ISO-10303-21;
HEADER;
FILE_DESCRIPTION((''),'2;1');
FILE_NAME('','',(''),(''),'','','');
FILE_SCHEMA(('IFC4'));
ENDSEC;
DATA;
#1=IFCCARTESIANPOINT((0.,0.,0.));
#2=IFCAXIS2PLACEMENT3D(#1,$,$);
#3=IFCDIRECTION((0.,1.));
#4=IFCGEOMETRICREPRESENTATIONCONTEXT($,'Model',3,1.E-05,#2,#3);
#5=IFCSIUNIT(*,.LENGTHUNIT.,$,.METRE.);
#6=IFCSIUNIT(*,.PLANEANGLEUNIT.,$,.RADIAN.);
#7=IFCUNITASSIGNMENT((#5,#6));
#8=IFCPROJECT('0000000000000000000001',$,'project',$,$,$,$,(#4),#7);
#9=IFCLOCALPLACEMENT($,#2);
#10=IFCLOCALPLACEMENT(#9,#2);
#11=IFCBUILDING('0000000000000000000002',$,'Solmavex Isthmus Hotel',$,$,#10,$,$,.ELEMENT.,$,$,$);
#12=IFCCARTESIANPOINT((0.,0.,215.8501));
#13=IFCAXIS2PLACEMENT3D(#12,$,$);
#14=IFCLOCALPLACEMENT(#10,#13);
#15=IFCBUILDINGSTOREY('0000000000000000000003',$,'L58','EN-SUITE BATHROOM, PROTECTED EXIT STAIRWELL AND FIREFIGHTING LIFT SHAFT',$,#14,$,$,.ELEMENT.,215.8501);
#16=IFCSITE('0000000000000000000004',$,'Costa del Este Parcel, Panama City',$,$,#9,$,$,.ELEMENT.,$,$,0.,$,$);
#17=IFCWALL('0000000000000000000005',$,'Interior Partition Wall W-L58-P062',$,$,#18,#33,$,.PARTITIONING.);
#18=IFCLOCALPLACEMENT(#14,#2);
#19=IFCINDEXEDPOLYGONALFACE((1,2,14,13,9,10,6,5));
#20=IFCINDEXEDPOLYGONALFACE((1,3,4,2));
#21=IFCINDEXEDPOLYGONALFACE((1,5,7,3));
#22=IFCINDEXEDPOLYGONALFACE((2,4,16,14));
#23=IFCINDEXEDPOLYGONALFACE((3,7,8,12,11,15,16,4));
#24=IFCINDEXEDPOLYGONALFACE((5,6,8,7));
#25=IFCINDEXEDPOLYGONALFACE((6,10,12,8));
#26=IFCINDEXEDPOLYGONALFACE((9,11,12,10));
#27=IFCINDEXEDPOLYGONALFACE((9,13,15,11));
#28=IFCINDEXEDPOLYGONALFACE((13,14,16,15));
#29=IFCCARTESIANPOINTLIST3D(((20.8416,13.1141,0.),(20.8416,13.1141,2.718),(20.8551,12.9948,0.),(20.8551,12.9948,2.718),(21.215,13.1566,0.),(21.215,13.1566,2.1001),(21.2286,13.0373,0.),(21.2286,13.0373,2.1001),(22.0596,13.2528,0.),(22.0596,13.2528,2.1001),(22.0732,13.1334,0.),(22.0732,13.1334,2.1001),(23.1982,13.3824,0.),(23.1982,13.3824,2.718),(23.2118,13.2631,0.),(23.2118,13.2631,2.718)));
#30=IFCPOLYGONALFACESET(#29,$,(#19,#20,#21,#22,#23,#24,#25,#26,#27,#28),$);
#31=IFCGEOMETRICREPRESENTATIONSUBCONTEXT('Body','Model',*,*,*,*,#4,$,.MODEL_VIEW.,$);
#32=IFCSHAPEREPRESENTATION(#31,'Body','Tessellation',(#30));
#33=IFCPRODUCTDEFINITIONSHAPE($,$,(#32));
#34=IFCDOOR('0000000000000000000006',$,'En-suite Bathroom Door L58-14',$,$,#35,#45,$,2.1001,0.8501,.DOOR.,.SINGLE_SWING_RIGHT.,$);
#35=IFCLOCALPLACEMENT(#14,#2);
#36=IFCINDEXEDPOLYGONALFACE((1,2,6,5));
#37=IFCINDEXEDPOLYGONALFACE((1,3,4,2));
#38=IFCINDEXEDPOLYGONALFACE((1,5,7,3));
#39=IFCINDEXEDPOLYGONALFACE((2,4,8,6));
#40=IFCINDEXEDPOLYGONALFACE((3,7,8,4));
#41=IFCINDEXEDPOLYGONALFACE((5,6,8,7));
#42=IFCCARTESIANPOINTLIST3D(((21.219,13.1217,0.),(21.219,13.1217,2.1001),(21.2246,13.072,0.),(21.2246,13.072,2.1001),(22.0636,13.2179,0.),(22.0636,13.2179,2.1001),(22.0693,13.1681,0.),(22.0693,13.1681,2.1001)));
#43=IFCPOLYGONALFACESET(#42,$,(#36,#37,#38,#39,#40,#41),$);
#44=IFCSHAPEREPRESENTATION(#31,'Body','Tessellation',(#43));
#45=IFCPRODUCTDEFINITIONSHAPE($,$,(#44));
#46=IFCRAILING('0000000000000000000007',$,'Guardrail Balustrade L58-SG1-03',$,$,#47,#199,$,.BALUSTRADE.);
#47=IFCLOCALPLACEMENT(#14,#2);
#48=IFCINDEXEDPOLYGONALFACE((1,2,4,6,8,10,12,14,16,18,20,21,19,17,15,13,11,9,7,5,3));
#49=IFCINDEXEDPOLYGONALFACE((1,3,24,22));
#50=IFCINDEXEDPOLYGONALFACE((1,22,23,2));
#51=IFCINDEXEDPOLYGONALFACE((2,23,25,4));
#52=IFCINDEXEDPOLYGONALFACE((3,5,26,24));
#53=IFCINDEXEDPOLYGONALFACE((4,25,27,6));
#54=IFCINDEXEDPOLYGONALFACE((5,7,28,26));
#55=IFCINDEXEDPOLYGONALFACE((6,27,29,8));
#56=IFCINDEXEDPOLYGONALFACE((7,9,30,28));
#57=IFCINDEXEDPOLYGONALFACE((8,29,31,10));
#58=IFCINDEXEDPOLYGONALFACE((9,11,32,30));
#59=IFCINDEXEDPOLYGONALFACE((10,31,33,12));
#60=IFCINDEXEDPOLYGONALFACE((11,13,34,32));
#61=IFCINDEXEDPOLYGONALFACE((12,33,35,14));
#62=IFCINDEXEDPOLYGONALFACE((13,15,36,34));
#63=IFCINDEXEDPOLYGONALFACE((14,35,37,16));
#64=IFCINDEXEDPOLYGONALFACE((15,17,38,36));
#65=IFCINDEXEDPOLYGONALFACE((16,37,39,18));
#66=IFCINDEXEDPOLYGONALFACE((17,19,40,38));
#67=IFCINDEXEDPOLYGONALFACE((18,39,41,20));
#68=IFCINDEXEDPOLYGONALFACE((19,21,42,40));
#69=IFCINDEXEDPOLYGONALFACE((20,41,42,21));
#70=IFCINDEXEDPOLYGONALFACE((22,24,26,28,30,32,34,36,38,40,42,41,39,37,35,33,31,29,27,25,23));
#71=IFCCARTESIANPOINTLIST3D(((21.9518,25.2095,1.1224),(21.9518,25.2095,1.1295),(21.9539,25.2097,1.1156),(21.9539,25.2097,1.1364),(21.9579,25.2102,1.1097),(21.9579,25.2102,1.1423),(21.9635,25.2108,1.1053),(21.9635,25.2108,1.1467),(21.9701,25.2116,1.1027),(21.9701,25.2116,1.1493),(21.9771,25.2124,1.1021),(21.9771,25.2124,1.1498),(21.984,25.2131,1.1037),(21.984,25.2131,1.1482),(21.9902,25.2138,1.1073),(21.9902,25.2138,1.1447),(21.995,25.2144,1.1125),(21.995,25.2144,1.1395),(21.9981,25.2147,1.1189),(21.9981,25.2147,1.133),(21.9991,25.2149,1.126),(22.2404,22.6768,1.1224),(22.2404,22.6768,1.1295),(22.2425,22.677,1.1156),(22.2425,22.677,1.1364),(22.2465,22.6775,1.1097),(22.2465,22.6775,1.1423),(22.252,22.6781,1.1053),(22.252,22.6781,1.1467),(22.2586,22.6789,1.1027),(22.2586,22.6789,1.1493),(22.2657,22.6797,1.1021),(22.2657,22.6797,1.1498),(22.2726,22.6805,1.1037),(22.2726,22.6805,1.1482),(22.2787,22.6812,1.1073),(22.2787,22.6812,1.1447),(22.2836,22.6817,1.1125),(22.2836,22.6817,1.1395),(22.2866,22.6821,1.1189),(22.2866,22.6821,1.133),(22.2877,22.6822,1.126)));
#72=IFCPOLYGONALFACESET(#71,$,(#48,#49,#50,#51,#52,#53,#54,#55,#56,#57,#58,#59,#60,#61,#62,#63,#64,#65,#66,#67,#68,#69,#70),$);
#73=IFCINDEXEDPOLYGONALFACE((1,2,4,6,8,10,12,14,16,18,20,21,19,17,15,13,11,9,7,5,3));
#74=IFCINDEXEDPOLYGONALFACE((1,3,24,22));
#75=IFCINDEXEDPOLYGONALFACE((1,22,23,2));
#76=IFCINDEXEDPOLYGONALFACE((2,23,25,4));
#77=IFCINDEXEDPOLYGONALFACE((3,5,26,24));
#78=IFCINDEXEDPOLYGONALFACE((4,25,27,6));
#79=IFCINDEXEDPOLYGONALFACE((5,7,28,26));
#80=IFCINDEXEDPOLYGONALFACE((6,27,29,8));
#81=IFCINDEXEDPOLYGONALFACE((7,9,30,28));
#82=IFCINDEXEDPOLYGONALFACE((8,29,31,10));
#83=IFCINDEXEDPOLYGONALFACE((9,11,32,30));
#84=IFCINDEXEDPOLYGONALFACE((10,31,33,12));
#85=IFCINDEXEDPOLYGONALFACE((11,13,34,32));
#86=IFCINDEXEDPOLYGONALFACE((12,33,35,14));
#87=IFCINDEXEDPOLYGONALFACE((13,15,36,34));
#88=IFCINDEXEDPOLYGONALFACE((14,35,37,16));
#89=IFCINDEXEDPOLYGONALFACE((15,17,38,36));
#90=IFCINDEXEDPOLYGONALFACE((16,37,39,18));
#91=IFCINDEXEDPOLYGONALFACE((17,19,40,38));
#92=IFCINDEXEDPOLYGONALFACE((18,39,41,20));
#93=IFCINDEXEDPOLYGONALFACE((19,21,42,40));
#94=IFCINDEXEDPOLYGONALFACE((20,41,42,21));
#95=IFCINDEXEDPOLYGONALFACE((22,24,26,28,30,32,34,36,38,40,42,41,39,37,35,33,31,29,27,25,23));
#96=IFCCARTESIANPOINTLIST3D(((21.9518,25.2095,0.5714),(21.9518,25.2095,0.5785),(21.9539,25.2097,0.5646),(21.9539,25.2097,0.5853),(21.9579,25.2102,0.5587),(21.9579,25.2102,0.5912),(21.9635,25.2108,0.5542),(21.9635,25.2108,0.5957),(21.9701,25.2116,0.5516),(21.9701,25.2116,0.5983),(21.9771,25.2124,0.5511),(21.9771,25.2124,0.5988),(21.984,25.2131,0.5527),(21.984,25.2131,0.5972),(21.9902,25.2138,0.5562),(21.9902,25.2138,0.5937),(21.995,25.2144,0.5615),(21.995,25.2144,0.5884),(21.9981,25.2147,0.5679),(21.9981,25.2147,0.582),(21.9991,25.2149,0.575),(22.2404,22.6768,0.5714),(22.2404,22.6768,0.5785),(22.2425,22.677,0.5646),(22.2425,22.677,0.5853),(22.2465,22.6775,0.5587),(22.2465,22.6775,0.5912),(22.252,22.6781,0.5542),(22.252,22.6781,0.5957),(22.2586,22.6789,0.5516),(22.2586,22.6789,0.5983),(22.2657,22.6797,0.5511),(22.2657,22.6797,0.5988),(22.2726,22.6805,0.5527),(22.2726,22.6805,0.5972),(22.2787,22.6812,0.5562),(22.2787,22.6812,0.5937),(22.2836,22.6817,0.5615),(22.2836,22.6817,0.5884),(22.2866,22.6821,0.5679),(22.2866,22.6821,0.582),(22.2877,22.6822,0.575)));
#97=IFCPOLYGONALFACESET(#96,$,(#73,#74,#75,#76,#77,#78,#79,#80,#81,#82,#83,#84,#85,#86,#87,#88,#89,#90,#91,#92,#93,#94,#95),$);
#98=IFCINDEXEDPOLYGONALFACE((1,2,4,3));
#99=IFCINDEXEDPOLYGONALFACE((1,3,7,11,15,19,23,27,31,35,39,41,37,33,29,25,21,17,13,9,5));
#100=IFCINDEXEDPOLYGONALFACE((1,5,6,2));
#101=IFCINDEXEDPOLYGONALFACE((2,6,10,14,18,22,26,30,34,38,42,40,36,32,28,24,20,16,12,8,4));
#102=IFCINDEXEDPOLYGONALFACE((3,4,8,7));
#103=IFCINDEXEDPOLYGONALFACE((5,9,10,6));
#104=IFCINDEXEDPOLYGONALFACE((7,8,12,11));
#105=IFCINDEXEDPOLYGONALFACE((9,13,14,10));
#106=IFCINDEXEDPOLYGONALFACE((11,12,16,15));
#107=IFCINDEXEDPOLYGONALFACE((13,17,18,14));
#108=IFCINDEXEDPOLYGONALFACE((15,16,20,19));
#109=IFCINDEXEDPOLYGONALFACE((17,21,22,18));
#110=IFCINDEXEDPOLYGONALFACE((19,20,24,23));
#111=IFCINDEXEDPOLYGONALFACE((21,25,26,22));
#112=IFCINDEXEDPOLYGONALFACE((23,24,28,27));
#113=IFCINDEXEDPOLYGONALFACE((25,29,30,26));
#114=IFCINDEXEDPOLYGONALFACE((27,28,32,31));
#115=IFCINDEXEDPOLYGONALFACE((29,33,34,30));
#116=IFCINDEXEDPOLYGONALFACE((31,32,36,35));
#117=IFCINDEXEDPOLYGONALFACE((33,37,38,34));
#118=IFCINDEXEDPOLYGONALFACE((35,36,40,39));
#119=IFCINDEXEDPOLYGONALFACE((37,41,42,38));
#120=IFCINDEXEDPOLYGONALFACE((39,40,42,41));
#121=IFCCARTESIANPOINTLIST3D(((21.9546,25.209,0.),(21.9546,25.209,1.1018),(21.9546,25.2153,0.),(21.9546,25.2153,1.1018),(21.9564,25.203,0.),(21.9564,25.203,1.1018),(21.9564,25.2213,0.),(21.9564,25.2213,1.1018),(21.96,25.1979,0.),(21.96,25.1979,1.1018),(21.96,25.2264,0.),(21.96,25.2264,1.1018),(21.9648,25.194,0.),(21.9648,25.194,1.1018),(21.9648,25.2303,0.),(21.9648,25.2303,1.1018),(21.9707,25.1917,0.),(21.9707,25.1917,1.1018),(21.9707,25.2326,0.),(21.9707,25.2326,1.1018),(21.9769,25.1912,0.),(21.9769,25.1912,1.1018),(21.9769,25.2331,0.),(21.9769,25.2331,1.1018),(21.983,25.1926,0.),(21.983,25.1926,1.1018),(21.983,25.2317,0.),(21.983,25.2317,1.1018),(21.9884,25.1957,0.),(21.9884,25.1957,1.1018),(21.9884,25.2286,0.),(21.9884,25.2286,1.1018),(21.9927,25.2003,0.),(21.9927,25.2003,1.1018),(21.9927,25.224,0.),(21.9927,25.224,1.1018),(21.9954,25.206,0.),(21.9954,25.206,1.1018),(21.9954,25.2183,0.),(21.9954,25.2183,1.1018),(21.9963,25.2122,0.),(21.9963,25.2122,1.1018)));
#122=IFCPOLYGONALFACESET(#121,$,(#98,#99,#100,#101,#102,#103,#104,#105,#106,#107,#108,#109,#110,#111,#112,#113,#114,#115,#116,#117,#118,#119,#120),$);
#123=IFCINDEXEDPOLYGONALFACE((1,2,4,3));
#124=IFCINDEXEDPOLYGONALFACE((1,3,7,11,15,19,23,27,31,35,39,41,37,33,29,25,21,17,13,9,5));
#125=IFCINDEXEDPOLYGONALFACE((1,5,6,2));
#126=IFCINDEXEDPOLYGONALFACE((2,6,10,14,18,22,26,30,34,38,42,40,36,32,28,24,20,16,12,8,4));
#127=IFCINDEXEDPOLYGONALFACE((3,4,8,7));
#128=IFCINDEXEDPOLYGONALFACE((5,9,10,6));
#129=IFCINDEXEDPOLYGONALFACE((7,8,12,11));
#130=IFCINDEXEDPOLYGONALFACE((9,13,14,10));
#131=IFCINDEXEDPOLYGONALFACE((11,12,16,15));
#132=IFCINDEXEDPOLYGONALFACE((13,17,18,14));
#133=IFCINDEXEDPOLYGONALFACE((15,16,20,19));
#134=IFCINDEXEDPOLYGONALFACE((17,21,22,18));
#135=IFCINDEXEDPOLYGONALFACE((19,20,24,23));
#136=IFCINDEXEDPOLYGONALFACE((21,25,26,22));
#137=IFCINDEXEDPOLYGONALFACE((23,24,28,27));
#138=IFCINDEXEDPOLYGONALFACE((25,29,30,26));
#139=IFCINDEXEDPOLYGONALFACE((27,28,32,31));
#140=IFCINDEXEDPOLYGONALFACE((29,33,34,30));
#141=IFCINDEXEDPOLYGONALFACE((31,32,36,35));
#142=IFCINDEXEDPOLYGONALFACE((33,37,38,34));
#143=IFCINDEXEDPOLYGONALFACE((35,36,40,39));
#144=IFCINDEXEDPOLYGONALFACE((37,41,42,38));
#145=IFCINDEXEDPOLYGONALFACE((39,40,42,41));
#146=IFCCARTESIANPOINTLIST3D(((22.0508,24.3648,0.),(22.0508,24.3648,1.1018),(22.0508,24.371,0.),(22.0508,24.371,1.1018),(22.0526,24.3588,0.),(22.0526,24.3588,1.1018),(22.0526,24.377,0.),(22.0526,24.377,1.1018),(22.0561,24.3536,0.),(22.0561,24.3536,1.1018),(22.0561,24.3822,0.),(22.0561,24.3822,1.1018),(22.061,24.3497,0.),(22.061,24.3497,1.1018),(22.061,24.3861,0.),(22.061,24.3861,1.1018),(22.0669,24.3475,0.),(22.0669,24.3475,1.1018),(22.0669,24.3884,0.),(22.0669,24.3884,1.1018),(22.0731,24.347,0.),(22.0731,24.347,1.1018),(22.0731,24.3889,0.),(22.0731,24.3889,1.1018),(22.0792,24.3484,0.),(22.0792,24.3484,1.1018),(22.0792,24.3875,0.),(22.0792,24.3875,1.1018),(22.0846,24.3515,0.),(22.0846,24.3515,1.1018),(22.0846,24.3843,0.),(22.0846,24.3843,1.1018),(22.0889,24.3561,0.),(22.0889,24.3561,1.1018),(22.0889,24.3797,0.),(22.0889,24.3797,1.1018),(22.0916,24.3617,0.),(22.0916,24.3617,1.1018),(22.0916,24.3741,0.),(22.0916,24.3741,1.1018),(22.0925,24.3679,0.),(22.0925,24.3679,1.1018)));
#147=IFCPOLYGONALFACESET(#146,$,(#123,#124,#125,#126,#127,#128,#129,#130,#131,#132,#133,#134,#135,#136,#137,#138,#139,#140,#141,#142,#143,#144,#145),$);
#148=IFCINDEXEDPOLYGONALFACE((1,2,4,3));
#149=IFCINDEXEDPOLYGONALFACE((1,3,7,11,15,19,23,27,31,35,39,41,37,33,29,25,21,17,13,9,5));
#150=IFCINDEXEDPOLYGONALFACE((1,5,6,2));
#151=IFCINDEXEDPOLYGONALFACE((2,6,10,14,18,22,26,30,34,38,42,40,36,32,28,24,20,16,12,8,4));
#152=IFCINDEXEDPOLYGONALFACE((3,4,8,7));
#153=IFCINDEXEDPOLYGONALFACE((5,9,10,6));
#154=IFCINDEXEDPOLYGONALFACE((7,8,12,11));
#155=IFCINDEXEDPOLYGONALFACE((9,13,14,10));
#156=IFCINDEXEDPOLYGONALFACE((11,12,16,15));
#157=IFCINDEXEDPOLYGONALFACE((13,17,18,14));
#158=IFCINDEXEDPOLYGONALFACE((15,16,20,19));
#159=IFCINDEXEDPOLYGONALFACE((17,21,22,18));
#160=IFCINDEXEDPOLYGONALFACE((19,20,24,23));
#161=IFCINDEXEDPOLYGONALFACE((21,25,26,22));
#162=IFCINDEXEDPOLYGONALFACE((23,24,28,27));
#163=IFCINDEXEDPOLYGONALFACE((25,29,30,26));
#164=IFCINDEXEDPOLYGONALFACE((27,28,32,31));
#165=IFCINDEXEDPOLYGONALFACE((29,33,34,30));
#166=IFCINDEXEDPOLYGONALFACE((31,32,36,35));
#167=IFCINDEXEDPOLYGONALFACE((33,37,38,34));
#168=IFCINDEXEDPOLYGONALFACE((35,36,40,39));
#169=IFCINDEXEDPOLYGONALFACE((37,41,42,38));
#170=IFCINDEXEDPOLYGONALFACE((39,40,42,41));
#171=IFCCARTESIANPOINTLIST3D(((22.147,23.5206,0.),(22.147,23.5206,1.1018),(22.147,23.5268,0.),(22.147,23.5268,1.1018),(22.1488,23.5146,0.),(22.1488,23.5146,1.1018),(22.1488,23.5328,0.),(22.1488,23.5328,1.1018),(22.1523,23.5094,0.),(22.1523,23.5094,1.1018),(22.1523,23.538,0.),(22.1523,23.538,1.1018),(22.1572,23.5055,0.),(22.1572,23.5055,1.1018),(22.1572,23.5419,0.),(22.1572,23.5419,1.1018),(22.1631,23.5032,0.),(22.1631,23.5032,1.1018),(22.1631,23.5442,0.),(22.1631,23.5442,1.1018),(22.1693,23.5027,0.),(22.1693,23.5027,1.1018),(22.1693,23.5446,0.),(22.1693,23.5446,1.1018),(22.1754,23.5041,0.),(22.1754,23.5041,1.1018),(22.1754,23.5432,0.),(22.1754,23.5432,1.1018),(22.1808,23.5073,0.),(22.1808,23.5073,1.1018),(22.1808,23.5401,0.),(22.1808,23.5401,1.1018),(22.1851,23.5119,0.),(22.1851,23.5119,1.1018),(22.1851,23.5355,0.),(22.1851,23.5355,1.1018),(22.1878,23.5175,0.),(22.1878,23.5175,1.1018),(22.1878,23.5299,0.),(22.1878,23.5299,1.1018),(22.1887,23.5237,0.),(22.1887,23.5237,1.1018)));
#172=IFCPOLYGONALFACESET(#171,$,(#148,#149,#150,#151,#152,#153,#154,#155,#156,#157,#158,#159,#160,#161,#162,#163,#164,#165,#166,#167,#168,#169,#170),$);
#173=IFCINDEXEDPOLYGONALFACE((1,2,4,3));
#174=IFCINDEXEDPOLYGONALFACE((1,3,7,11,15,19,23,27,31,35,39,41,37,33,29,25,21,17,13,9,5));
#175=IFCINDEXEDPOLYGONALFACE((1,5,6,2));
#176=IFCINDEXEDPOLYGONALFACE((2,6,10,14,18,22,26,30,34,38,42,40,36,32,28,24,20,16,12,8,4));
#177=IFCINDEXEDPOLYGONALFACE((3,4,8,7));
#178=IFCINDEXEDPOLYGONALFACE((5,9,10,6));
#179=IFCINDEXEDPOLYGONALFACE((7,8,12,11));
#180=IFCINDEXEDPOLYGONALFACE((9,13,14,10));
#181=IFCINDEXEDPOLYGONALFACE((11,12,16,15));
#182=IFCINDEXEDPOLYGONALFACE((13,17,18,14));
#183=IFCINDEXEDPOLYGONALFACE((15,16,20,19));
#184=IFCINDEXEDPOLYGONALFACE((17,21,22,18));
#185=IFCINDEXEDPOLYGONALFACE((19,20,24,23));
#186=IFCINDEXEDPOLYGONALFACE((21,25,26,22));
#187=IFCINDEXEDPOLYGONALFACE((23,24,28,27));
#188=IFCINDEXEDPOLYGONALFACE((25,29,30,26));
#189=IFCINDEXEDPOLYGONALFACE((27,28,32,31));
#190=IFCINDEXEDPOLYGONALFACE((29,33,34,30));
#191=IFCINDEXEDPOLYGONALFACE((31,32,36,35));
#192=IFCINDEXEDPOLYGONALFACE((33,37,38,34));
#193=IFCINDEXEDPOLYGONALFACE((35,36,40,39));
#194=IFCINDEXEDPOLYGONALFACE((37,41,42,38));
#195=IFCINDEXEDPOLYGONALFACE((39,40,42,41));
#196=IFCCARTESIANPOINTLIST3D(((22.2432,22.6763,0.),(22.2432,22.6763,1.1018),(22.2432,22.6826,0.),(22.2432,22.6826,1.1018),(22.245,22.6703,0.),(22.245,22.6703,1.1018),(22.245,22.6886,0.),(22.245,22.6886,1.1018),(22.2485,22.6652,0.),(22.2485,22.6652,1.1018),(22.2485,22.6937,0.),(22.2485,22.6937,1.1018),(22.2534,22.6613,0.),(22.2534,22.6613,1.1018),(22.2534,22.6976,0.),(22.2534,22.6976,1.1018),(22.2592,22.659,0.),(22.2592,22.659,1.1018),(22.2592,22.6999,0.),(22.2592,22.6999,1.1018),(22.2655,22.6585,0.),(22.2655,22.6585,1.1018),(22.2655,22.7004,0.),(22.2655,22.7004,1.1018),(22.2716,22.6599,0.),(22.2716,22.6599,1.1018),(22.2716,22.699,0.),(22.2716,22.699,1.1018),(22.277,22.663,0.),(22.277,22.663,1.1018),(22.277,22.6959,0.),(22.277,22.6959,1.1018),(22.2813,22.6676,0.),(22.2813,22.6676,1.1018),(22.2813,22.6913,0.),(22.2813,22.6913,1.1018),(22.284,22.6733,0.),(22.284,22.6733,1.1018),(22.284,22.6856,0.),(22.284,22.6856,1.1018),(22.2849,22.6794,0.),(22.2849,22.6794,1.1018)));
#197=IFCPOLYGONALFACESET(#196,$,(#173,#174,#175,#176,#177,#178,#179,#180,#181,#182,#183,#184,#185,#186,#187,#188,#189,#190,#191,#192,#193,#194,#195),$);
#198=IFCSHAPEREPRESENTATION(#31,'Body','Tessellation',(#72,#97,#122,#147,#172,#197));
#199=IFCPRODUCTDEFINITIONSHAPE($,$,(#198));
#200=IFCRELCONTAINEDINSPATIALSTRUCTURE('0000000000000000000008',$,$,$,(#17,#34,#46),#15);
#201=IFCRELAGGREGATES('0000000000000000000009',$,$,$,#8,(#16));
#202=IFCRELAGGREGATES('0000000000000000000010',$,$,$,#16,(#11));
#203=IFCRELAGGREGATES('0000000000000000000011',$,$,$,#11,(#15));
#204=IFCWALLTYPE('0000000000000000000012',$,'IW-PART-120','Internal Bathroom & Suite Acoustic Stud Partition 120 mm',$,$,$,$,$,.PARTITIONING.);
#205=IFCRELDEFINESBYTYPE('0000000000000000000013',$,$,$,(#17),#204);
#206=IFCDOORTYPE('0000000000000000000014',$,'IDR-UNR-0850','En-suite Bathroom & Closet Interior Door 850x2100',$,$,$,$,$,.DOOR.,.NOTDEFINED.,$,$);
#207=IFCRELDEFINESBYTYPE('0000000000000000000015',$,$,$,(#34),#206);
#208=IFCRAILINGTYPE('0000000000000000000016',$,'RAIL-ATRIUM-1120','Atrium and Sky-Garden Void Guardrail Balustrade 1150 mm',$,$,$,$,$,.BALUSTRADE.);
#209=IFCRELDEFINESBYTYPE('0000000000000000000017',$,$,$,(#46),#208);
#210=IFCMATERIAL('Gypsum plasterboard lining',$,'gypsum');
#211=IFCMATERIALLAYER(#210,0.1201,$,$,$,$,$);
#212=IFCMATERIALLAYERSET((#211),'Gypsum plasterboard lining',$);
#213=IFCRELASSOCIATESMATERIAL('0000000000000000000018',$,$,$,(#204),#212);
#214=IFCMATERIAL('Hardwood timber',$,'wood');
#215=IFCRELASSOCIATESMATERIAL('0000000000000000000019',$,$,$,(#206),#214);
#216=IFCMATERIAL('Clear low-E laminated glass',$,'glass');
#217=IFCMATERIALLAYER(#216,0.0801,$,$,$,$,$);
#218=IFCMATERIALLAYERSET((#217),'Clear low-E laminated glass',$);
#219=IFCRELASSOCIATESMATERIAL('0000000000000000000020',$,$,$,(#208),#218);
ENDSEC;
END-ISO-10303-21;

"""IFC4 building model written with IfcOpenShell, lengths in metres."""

from ifc_helpers import new_model, si_unit, direction, frame, frame_2d, origin, origin_2d, place, context, subcontext, project, spatial, rectangle, circle, extrude, material, layer, layer_set, type_object, element, fill, save


model = new_model("IFC4")

# Units and contexts
model_context = context("Model", 3, precision=1e-05, world=origin(), true_north=direction((0.0, 1.0)))
body_context = subcontext(model_context, "Body", "Model", "MODEL_VIEW")
ifc_project = project(units=[si_unit("LENGTHUNIT", "METRE"), si_unit("PLANEANGLEUNIT", "RADIAN")], contexts=[model_context])

# Site, building, storey
site_placement = place(None, origin())
site = spatial("IfcSite", under=ifc_project, at=site_placement, Name="Costa del Este Parcel, Panama City", CompositionType="ELEMENT", RefElevation=0.0)
building_placement = place(site_placement, origin())
building = spatial("IfcBuilding", under=site, at=building_placement, Name="Solmavex Isthmus Hotel", CompositionType="ELEMENT")
storey_placement = place(building_placement, frame((0.0, 0.0, 215.8501)))
storey = spatial("IfcBuildingStorey", under=building, at=storey_placement, Name="L58", Description="EN-SUITE BATHROOM, PROTECTED EXIT STAIRWELL AND FIREFIGHTING LIFT SHAFT", CompositionType="ELEMENT", Elevation=215.8501)

# Shared definitions
ifc_material_1 = material(Name="Clear low-E laminated glass", Category="glass")

# Shared definitions
ifc_material_2 = material(Name="Gypsum plasterboard lining", Category="gypsum")
ifc_material_3 = material(Name="Hardwood timber", Category="wood")

# Wall, opening, door
ifc_layer_1 = layer(ifc_material_2, 0.1201)
ifc_layer_set_1 = layer_set([ifc_layer_1], Name="Gypsum plasterboard lining")
wall_type_1 = type_object("IfcWallType", Name="IW-PART-120", Description="Internal Bathroom & Suite Acoustic Stud Partition 120 mm", PredefinedType="PARTITIONING", material=ifc_layer_set_1)
wall_1_placement = place(storey_placement, frame((23.2051, 13.3228, 0.0), z_axis=(0.0, 0.0, 1.0), x_axis=(-0.993581, -0.11312, 0.0)))
wall_1 = element("IfcWall", 1, at=wall_1_placement, inside=storey, type_object=wall_type_1, Name="Interior Partition Wall W-L58-P062", PredefinedType="PARTITIONING", context=body_context, shape_type="SweptSolid", body=[
    extrude(rectangle(XDim=2.3718, YDim=0.1201, at=frame_2d((1.186, 0.0))), origin(), (0.0, 0.0, 1.0), 2.718),
])
opening_1_placement = place(wall_1_placement, frame((1.146, 0.0, 0.0)))
opening_1 = element("IfcOpeningElement", 2, at=opening_1_placement, cuts=wall_1, PredefinedType="OPENING", context=body_context, shape_type="SweptSolid", body=[
    extrude(rectangle(XDim=0.8501, YDim=2.1001, at=frame_2d((0.425, 1.05))), frame((0.0, 0.0701, 0.0), z_axis=(0.0, -1.0, 0.0), x_axis=(1.0, 0.0, 0.0)), (0.0, 0.0, 1.0), 0.1401),
])
door_type_1 = type_object("IfcDoorType", Name="IDR-UNR-0850", Description="En-suite Bathroom & Closet Interior Door 850x2100", OperationType="NOTDEFINED", PredefinedType="DOOR", material=ifc_material_3)
door_1_placement = place(opening_1_placement, frame((0.8501, 0.0, 0.0), z_axis=(0.0, 0.0, 1.0), x_axis=(-1.0, 0.0, 0.0)))
door_1 = element("IfcDoor", 3, at=door_1_placement, inside=storey, type_object=door_type_1, Name="En-suite Bathroom Door L58-14", OperationType="SINGLE_SWING_RIGHT", OverallHeight=2.1001, OverallWidth=0.8501, PredefinedType="DOOR", context=body_context, shape_type="SweptSolid", body=[
    extrude(rectangle(XDim=0.8501, YDim=2.1001, at=frame_2d((0.425, 1.05))), frame((0.0, 0.0249, 0.0), z_axis=(0.0, -1.0, 0.0), x_axis=(1.0, 0.0, 0.0)), (0.0, 0.0, 1.0), 0.05),
])
fill(opening_1, door_1)

# Railing
ifc_layer_2 = layer(ifc_material_1, 0.0801)
ifc_layer_set_2 = layer_set([ifc_layer_2], Name="Clear low-E laminated glass")
railing_type = type_object("IfcRailingType", Name="RAIL-ATRIUM-1120", Description="Atrium and Sky-Garden Void Guardrail Balustrade 1150 mm", PredefinedType="BALUSTRADE", material=ifc_layer_set_2)
railing_placement = place(storey_placement, frame((21.9753, 25.2122, 0.0)))
element("IfcRailing", 4, at=railing_placement, inside=storey, type_object=railing_type, Name="Guardrail Balustrade L58-SG1-03", PredefinedType="BALUSTRADE", context=body_context, shape_type="SweptSolid", body=[
    extrude(circle(Radius=0.0239, at=origin_2d()), frame((0.0, 0.0, 1.126), z_axis=(0.113206, -0.993572, 0.0), x_axis=(0.993572, 0.113206, 0.0)), (0.0, 0.0, 1.0), 2.5491),
    extrude(circle(Radius=0.0239, at=origin_2d()), frame((0.0, 0.0, 0.575), z_axis=(0.113206, -0.993572, 0.0), x_axis=(0.993572, 0.113206, 0.0)), (0.0, 0.0, 1.0), 2.5491),
    extrude(circle(Radius=0.021, at=origin_2d()), origin(), (0.0, 0.0, 1.0), 1.1018),
    extrude(circle(Radius=0.021, at=origin_2d()), frame((0.0962, -0.8442, 0.0)), (0.0, 0.0, 1.0), 1.1018),
    extrude(circle(Radius=0.021, at=origin_2d()), frame((0.1924, -1.6885, 0.0)), (0.0, 0.0, 1.0), 1.1018),
    extrude(circle(Radius=0.021, at=origin_2d()), frame((0.2886, -2.5327, 0.0)), (0.0, 0.0, 1.0), 1.1018),
])

save(model, "model.ifc")
